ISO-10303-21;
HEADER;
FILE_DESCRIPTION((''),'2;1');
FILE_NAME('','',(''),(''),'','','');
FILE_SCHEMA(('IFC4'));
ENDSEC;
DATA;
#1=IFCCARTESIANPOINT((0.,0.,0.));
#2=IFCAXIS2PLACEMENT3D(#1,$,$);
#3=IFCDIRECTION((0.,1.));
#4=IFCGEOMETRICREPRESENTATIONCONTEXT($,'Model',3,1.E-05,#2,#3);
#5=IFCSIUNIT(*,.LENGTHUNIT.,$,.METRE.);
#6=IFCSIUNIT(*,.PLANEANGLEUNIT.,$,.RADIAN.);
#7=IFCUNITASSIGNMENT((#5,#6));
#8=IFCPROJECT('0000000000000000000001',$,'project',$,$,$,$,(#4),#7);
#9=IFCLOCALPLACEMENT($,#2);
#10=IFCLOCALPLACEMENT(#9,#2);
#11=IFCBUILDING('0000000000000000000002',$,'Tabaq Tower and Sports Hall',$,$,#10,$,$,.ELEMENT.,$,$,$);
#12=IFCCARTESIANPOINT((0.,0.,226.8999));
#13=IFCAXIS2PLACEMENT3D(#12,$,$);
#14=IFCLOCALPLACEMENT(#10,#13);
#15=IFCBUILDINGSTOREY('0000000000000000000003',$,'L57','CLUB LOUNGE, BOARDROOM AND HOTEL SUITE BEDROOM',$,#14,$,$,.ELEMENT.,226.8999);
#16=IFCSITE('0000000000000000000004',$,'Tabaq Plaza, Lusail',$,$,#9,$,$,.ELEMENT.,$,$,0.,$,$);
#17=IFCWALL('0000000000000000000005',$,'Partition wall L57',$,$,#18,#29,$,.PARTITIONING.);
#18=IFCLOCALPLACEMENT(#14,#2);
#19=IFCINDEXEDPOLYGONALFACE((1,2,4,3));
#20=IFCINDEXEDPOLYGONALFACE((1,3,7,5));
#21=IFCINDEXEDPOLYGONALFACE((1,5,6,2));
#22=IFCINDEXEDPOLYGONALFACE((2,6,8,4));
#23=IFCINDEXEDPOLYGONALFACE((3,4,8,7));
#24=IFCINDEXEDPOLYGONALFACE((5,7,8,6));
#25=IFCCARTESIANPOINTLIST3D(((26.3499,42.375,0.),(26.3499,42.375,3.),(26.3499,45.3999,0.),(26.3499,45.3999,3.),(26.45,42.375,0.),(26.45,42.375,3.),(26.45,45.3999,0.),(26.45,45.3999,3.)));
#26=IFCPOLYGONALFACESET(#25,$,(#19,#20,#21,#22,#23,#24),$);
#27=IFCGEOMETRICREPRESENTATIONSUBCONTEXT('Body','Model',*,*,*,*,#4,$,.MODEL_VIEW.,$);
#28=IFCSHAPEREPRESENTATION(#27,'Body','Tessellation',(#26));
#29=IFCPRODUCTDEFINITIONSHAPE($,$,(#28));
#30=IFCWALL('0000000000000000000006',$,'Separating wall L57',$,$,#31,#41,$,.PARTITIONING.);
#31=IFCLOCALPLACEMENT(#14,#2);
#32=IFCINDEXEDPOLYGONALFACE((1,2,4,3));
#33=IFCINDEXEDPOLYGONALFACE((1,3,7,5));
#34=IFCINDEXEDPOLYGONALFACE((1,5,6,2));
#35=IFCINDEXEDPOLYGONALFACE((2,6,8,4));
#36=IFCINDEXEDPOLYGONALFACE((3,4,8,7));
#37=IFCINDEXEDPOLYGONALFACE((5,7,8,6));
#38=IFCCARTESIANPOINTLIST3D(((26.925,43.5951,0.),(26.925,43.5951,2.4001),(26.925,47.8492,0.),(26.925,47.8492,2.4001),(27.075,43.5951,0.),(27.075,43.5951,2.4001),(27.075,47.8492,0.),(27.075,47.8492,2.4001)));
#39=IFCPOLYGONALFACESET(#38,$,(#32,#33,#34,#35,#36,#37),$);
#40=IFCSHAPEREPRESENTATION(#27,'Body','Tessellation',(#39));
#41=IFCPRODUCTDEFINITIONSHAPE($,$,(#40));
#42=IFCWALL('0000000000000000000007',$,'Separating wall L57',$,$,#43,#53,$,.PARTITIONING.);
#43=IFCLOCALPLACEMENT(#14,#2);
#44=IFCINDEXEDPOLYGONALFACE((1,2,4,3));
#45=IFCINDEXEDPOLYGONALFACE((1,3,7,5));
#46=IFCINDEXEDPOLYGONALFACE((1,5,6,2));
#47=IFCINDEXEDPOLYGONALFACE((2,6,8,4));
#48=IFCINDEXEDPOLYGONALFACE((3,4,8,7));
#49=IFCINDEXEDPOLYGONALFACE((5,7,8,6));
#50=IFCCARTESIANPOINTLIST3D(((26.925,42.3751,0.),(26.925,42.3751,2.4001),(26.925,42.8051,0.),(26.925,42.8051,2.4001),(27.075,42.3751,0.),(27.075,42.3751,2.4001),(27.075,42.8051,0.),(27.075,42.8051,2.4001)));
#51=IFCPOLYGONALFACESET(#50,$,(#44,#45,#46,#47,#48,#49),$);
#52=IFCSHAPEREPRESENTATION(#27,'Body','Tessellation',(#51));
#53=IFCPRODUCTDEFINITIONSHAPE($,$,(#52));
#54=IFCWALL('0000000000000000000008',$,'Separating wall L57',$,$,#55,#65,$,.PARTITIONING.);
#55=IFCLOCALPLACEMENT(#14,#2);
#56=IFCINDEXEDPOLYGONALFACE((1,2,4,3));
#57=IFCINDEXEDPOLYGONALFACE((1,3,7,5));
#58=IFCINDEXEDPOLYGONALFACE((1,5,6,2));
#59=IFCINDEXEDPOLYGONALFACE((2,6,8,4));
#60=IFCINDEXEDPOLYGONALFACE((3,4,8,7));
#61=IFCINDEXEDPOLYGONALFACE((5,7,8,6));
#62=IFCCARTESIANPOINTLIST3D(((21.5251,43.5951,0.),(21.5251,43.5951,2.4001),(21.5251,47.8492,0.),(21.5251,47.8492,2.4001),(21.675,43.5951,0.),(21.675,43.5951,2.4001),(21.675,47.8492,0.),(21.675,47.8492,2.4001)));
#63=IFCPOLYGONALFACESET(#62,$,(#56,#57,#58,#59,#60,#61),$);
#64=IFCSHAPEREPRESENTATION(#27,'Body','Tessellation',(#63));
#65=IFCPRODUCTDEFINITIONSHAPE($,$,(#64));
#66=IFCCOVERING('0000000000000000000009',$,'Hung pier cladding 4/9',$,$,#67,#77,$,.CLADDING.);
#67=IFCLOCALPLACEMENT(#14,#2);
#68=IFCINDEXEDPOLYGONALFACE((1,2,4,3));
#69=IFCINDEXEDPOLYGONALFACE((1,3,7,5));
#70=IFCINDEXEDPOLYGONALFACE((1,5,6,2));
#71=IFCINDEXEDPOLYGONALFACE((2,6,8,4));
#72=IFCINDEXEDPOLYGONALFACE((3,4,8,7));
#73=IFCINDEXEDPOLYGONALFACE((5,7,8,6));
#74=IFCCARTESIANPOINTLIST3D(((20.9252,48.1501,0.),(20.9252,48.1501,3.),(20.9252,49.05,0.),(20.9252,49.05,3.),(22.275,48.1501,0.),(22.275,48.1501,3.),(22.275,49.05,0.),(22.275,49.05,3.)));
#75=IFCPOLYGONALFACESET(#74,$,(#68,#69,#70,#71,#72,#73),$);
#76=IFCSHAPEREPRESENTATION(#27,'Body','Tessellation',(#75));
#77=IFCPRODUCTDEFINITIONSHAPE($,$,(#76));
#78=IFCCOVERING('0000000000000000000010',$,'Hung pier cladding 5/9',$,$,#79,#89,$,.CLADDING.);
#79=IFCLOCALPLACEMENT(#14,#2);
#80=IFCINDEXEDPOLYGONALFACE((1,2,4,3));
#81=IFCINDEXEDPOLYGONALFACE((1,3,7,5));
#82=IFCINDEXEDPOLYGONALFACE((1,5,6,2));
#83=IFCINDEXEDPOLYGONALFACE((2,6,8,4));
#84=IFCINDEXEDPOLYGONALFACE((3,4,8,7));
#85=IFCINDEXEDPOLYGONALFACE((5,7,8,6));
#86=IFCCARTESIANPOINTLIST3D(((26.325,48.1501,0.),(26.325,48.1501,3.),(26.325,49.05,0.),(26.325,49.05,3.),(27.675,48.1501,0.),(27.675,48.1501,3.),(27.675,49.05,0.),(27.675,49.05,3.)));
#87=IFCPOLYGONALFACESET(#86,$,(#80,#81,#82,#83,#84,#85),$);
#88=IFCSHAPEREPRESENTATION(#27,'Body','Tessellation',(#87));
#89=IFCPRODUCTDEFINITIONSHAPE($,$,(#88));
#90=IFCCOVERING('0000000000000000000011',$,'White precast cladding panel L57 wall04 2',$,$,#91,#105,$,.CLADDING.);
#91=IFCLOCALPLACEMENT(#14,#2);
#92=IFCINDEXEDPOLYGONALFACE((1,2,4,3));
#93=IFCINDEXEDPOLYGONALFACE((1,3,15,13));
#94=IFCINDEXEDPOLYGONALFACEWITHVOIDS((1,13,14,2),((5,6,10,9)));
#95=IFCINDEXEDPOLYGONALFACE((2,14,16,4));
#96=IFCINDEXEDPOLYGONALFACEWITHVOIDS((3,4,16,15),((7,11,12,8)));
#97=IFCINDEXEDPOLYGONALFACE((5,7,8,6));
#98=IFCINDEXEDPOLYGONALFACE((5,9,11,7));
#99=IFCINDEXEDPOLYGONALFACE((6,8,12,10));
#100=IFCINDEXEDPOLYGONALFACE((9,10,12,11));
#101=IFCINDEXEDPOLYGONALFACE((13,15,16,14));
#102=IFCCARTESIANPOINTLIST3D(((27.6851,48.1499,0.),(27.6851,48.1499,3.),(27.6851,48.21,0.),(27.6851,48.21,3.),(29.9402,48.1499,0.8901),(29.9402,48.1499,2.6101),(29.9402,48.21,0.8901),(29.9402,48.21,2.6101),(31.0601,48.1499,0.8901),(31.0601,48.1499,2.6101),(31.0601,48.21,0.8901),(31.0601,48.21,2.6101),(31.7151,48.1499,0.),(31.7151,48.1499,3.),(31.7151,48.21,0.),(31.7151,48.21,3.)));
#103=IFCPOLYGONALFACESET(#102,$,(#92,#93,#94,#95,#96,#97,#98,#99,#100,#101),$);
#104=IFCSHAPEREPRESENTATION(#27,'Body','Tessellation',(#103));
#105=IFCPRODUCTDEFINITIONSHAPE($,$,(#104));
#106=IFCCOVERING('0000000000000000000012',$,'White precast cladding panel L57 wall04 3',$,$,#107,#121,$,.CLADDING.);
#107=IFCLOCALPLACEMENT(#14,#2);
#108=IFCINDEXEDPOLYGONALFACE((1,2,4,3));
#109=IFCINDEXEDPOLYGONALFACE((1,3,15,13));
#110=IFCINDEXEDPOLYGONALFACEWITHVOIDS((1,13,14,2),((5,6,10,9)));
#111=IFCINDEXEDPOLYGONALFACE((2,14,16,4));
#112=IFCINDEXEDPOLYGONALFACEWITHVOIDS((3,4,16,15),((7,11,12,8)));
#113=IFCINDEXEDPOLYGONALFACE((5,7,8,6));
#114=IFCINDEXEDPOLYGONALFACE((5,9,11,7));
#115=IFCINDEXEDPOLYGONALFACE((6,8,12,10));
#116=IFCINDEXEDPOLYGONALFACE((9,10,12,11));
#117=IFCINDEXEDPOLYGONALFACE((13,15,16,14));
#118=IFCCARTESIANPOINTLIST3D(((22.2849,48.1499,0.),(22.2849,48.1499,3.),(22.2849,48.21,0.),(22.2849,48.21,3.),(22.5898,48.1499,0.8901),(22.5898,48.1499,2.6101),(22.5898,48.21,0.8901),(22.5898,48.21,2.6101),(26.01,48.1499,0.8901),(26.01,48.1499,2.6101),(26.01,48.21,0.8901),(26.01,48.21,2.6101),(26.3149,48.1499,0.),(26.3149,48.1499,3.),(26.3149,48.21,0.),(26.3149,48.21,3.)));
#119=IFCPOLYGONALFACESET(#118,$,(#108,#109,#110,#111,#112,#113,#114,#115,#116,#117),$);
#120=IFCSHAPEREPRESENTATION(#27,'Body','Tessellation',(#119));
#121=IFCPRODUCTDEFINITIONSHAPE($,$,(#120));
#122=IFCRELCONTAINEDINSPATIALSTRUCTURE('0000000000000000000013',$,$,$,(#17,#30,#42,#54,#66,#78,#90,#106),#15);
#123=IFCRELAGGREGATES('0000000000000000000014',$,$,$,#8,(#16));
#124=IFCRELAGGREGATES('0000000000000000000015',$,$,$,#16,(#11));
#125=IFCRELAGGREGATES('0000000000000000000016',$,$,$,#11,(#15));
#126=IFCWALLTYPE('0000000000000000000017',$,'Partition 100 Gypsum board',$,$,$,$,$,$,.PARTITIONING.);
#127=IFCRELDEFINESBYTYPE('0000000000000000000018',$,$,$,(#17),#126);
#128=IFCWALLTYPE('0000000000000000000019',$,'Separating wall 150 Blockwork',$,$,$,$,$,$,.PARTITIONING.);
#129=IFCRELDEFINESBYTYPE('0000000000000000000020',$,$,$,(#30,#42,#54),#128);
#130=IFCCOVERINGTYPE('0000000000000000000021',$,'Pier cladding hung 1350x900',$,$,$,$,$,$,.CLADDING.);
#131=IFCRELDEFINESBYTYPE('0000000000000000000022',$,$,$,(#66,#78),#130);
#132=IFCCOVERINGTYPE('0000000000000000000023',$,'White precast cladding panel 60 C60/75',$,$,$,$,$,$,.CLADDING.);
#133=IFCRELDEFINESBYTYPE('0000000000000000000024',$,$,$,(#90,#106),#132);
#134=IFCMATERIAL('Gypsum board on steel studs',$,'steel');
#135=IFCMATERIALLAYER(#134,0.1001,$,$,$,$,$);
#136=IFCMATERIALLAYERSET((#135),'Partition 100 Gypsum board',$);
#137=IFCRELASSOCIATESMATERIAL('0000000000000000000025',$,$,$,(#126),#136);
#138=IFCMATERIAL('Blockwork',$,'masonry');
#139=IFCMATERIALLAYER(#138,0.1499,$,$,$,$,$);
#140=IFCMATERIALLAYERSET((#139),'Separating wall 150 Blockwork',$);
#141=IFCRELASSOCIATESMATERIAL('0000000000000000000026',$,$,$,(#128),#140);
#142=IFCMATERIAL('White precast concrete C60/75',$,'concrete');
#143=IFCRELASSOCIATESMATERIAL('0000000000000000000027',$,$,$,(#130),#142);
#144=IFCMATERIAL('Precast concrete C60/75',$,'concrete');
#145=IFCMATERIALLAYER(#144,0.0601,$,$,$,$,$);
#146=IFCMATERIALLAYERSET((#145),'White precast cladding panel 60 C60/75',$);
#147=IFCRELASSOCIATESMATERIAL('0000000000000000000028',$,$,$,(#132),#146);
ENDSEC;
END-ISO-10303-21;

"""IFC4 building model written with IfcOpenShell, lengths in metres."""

from ifc_helpers import new_model, si_unit, direction, frame, frame_2d, origin, place, context, subcontext, project, spatial, polyline, rectangle, outline, extrude, material, layer, layer_set, type_object, element, save


model = new_model("IFC4")

# Units and contexts
model_context = context("Model", 3, precision=1e-05, world=origin(), true_north=direction((0.0, 1.0)))
body_context = subcontext(model_context, "Body", "Model", "MODEL_VIEW")
ifc_project = project(units=[si_unit("LENGTHUNIT", "METRE"), si_unit("PLANEANGLEUNIT", "RADIAN")], contexts=[model_context])

# Site, building, storey
site_placement = place(None, origin())
site = spatial("IfcSite", under=ifc_project, at=site_placement, Name="Tabaq Plaza, Lusail", CompositionType="ELEMENT", RefElevation=0.0)
building_placement = place(site_placement, origin())
building = spatial("IfcBuilding", under=site, at=building_placement, Name="Tabaq Tower and Sports Hall", CompositionType="ELEMENT")
storey_placement = place(building_placement, frame((0.0, 0.0, 226.8999)))
storey = spatial("IfcBuildingStorey", under=building, at=storey_placement, Name="L57", Description="CLUB LOUNGE, BOARDROOM AND HOTEL SUITE BEDROOM", CompositionType="ELEMENT", Elevation=226.8999)

# Shared definitions
ifc_material_1 = material(Name="Gypsum board on steel studs", Category="steel")
ifc_layer_1 = layer(ifc_material_1, 0.1001)
ifc_layer_set_1 = layer_set([ifc_layer_1], Name="Partition 100 Gypsum board")
wall_type_1 = type_object("IfcWallType", Name="Partition 100 Gypsum board", PredefinedType="PARTITIONING", material=ifc_layer_set_1)

# Walls
wall_1_placement = place(storey_placement, frame((26.3999, 45.3999, 0.0), z_axis=(0.0, 0.0, 1.0), x_axis=(0.0, -1.0, 0.0)))
element("IfcWall", 1, at=wall_1_placement, inside=storey, type_object=wall_type_1, Name="Partition wall L57", PredefinedType="PARTITIONING", context=body_context, shape_type="SweptSolid", body=[
    extrude(rectangle(XDim=3.0249, YDim=0.1001, at=frame_2d((1.5125, 0.0))), origin(), (0.0, 0.0, 1.0), 3.0),
])
ifc_material_2 = material(Name="Blockwork", Category="masonry")
ifc_layer_2 = layer(ifc_material_2, 0.1499)
ifc_layer_set_2 = layer_set([ifc_layer_2], Name="Separating wall 150 Blockwork")
wall_type_2 = type_object("IfcWallType", Name="Separating wall 150 Blockwork", PredefinedType="PARTITIONING", material=ifc_layer_set_2)
wall_2_placement = place(storey_placement, frame((27.0, 47.8491, 0.0), z_axis=(0.0, 0.0, 1.0), x_axis=(0.0, -1.0, 0.0)))
element("IfcWall", 2, at=wall_2_placement, inside=storey, type_object=wall_type_2, Name="Separating wall L57", PredefinedType="PARTITIONING", context=body_context, shape_type="SweptSolid", body=[
    extrude(rectangle(XDim=4.2542, YDim=0.1499, at=frame_2d((2.127, 0.0))), origin(), (0.0, 0.0, 1.0), 2.4001),
])
wall_3_placement = place(storey_placement, frame((27.0, 42.8049, 0.0), z_axis=(0.0, 0.0, 1.0), x_axis=(0.0, -1.0, 0.0)))
element("IfcWall", 3, at=wall_3_placement, inside=storey, type_object=wall_type_2, Name="Separating wall L57", PredefinedType="PARTITIONING", context=body_context, shape_type="SweptSolid", body=[
    extrude(rectangle(XDim=0.4299, YDim=0.1499, at=frame_2d((0.2148, 0.0))), origin(), (0.0, 0.0, 1.0), 2.4001),
])
wall_4_placement = place(storey_placement, frame((21.6001, 47.8491, 0.0), z_axis=(0.0, 0.0, 1.0), x_axis=(0.0, -1.0, 0.0)))
element("IfcWall", 4, at=wall_4_placement, inside=storey, type_object=wall_type_2, Name="Separating wall L57", PredefinedType="PARTITIONING", context=body_context, shape_type="SweptSolid", body=[
    extrude(rectangle(XDim=4.2542, YDim=0.1499, at=frame_2d((2.127, 0.0))), origin(), (0.0, 0.0, 1.0), 2.4001),
])

# Coverings
ifc_material_3 = material(Name="White precast concrete C60/75", Category="concrete")
covering_type_1 = type_object("IfcCoveringType", Name="Pier cladding hung 1350x900", PredefinedType="CLADDING", material=ifc_material_3)
covering_1_placement = place(storey_placement, frame((22.2749, 48.6001, 0.0), z_axis=(0.0, 0.0, 1.0), x_axis=(-1.0, 0.0, 0.0)))
element("IfcCovering", 5, at=covering_1_placement, inside=storey, type_object=covering_type_1, Name="Hung pier cladding 4/9", PredefinedType="CLADDING", context=body_context, shape_type="SweptSolid", body=[
    extrude(rectangle(XDim=1.3499, YDim=0.8999, at=frame_2d((0.6748, 0.0))), origin(), (0.0, 0.0, 1.0), 3.0),
])
covering_2_placement = place(storey_placement, frame((27.675, 48.6001, 0.0), z_axis=(0.0, 0.0, 1.0), x_axis=(-1.0, 0.0, 0.0)))
element("IfcCovering", 6, at=covering_2_placement, inside=storey, type_object=covering_type_1, Name="Hung pier cladding 5/9", PredefinedType="CLADDING", context=body_context, shape_type="SweptSolid", body=[
    extrude(rectangle(XDim=1.3501, YDim=0.8999, at=frame_2d((0.675, 0.0))), origin(), (0.0, 0.0, 1.0), 3.0),
])
ifc_material_4 = material(Name="Precast concrete C60/75", Category="concrete")
ifc_layer_3 = layer(ifc_material_4, 0.0601)
ifc_layer_set_3 = layer_set([ifc_layer_3], Name="White precast cladding panel 60 C60/75")
covering_type_2 = type_object("IfcCoveringType", Name="White precast cladding panel 60 C60/75", PredefinedType="CLADDING", material=ifc_layer_set_3)
covering_3_placement = place(storey_placement, frame((31.7151, 48.1799, 0.0), z_axis=(0.0, 0.0, 1.0), x_axis=(-1.0, 0.0, 0.0)))
element("IfcCovering", 7, at=covering_3_placement, inside=storey, type_object=covering_type_2, Name="White precast cladding panel L57 wall04 2", PredefinedType="CLADDING", context=body_context, shape_type="SweptSolid", body=[
    extrude(outline(polyline([(0.0, 0.0), (4.03, 0.0), (4.03, 3.0), (0.0, 3.0), (0.0, 0.0)]), holes=[polyline([(0.655, 0.8901), (0.655, 2.6101), (1.7749, 2.6101), (1.7749, 0.8901), (0.655, 0.8901)])]), frame((0.0, 0.03, 0.0), z_axis=(0.0, -1.0, 0.0), x_axis=(1.0, 0.0, 0.0)), (0.0, 0.0, 1.0), 0.0601),
])
covering_4_placement = place(storey_placement, frame((26.3149, 48.1799, 0.0), z_axis=(0.0, 0.0, 1.0), x_axis=(-1.0, 0.0, 0.0)))
element("IfcCovering", 8, at=covering_4_placement, inside=storey, type_object=covering_type_2, Name="White precast cladding panel L57 wall04 3", PredefinedType="CLADDING", context=body_context, shape_type="SweptSolid", body=[
    extrude(outline(polyline([(0.0, 0.0), (4.03, 0.0), (4.03, 3.0), (0.0, 3.0), (0.0, 0.0)]), holes=[polyline([(0.3049, 0.8901), (0.3049, 2.6101), (3.7251, 2.6101), (3.7251, 0.8901), (0.3049, 0.8901)])]), frame((0.0, 0.03, 0.0), z_axis=(0.0, -1.0, 0.0), x_axis=(1.0, 0.0, 0.0)), (0.0, 0.0, 1.0), 0.0601),
])

save(model, "model.ifc")
